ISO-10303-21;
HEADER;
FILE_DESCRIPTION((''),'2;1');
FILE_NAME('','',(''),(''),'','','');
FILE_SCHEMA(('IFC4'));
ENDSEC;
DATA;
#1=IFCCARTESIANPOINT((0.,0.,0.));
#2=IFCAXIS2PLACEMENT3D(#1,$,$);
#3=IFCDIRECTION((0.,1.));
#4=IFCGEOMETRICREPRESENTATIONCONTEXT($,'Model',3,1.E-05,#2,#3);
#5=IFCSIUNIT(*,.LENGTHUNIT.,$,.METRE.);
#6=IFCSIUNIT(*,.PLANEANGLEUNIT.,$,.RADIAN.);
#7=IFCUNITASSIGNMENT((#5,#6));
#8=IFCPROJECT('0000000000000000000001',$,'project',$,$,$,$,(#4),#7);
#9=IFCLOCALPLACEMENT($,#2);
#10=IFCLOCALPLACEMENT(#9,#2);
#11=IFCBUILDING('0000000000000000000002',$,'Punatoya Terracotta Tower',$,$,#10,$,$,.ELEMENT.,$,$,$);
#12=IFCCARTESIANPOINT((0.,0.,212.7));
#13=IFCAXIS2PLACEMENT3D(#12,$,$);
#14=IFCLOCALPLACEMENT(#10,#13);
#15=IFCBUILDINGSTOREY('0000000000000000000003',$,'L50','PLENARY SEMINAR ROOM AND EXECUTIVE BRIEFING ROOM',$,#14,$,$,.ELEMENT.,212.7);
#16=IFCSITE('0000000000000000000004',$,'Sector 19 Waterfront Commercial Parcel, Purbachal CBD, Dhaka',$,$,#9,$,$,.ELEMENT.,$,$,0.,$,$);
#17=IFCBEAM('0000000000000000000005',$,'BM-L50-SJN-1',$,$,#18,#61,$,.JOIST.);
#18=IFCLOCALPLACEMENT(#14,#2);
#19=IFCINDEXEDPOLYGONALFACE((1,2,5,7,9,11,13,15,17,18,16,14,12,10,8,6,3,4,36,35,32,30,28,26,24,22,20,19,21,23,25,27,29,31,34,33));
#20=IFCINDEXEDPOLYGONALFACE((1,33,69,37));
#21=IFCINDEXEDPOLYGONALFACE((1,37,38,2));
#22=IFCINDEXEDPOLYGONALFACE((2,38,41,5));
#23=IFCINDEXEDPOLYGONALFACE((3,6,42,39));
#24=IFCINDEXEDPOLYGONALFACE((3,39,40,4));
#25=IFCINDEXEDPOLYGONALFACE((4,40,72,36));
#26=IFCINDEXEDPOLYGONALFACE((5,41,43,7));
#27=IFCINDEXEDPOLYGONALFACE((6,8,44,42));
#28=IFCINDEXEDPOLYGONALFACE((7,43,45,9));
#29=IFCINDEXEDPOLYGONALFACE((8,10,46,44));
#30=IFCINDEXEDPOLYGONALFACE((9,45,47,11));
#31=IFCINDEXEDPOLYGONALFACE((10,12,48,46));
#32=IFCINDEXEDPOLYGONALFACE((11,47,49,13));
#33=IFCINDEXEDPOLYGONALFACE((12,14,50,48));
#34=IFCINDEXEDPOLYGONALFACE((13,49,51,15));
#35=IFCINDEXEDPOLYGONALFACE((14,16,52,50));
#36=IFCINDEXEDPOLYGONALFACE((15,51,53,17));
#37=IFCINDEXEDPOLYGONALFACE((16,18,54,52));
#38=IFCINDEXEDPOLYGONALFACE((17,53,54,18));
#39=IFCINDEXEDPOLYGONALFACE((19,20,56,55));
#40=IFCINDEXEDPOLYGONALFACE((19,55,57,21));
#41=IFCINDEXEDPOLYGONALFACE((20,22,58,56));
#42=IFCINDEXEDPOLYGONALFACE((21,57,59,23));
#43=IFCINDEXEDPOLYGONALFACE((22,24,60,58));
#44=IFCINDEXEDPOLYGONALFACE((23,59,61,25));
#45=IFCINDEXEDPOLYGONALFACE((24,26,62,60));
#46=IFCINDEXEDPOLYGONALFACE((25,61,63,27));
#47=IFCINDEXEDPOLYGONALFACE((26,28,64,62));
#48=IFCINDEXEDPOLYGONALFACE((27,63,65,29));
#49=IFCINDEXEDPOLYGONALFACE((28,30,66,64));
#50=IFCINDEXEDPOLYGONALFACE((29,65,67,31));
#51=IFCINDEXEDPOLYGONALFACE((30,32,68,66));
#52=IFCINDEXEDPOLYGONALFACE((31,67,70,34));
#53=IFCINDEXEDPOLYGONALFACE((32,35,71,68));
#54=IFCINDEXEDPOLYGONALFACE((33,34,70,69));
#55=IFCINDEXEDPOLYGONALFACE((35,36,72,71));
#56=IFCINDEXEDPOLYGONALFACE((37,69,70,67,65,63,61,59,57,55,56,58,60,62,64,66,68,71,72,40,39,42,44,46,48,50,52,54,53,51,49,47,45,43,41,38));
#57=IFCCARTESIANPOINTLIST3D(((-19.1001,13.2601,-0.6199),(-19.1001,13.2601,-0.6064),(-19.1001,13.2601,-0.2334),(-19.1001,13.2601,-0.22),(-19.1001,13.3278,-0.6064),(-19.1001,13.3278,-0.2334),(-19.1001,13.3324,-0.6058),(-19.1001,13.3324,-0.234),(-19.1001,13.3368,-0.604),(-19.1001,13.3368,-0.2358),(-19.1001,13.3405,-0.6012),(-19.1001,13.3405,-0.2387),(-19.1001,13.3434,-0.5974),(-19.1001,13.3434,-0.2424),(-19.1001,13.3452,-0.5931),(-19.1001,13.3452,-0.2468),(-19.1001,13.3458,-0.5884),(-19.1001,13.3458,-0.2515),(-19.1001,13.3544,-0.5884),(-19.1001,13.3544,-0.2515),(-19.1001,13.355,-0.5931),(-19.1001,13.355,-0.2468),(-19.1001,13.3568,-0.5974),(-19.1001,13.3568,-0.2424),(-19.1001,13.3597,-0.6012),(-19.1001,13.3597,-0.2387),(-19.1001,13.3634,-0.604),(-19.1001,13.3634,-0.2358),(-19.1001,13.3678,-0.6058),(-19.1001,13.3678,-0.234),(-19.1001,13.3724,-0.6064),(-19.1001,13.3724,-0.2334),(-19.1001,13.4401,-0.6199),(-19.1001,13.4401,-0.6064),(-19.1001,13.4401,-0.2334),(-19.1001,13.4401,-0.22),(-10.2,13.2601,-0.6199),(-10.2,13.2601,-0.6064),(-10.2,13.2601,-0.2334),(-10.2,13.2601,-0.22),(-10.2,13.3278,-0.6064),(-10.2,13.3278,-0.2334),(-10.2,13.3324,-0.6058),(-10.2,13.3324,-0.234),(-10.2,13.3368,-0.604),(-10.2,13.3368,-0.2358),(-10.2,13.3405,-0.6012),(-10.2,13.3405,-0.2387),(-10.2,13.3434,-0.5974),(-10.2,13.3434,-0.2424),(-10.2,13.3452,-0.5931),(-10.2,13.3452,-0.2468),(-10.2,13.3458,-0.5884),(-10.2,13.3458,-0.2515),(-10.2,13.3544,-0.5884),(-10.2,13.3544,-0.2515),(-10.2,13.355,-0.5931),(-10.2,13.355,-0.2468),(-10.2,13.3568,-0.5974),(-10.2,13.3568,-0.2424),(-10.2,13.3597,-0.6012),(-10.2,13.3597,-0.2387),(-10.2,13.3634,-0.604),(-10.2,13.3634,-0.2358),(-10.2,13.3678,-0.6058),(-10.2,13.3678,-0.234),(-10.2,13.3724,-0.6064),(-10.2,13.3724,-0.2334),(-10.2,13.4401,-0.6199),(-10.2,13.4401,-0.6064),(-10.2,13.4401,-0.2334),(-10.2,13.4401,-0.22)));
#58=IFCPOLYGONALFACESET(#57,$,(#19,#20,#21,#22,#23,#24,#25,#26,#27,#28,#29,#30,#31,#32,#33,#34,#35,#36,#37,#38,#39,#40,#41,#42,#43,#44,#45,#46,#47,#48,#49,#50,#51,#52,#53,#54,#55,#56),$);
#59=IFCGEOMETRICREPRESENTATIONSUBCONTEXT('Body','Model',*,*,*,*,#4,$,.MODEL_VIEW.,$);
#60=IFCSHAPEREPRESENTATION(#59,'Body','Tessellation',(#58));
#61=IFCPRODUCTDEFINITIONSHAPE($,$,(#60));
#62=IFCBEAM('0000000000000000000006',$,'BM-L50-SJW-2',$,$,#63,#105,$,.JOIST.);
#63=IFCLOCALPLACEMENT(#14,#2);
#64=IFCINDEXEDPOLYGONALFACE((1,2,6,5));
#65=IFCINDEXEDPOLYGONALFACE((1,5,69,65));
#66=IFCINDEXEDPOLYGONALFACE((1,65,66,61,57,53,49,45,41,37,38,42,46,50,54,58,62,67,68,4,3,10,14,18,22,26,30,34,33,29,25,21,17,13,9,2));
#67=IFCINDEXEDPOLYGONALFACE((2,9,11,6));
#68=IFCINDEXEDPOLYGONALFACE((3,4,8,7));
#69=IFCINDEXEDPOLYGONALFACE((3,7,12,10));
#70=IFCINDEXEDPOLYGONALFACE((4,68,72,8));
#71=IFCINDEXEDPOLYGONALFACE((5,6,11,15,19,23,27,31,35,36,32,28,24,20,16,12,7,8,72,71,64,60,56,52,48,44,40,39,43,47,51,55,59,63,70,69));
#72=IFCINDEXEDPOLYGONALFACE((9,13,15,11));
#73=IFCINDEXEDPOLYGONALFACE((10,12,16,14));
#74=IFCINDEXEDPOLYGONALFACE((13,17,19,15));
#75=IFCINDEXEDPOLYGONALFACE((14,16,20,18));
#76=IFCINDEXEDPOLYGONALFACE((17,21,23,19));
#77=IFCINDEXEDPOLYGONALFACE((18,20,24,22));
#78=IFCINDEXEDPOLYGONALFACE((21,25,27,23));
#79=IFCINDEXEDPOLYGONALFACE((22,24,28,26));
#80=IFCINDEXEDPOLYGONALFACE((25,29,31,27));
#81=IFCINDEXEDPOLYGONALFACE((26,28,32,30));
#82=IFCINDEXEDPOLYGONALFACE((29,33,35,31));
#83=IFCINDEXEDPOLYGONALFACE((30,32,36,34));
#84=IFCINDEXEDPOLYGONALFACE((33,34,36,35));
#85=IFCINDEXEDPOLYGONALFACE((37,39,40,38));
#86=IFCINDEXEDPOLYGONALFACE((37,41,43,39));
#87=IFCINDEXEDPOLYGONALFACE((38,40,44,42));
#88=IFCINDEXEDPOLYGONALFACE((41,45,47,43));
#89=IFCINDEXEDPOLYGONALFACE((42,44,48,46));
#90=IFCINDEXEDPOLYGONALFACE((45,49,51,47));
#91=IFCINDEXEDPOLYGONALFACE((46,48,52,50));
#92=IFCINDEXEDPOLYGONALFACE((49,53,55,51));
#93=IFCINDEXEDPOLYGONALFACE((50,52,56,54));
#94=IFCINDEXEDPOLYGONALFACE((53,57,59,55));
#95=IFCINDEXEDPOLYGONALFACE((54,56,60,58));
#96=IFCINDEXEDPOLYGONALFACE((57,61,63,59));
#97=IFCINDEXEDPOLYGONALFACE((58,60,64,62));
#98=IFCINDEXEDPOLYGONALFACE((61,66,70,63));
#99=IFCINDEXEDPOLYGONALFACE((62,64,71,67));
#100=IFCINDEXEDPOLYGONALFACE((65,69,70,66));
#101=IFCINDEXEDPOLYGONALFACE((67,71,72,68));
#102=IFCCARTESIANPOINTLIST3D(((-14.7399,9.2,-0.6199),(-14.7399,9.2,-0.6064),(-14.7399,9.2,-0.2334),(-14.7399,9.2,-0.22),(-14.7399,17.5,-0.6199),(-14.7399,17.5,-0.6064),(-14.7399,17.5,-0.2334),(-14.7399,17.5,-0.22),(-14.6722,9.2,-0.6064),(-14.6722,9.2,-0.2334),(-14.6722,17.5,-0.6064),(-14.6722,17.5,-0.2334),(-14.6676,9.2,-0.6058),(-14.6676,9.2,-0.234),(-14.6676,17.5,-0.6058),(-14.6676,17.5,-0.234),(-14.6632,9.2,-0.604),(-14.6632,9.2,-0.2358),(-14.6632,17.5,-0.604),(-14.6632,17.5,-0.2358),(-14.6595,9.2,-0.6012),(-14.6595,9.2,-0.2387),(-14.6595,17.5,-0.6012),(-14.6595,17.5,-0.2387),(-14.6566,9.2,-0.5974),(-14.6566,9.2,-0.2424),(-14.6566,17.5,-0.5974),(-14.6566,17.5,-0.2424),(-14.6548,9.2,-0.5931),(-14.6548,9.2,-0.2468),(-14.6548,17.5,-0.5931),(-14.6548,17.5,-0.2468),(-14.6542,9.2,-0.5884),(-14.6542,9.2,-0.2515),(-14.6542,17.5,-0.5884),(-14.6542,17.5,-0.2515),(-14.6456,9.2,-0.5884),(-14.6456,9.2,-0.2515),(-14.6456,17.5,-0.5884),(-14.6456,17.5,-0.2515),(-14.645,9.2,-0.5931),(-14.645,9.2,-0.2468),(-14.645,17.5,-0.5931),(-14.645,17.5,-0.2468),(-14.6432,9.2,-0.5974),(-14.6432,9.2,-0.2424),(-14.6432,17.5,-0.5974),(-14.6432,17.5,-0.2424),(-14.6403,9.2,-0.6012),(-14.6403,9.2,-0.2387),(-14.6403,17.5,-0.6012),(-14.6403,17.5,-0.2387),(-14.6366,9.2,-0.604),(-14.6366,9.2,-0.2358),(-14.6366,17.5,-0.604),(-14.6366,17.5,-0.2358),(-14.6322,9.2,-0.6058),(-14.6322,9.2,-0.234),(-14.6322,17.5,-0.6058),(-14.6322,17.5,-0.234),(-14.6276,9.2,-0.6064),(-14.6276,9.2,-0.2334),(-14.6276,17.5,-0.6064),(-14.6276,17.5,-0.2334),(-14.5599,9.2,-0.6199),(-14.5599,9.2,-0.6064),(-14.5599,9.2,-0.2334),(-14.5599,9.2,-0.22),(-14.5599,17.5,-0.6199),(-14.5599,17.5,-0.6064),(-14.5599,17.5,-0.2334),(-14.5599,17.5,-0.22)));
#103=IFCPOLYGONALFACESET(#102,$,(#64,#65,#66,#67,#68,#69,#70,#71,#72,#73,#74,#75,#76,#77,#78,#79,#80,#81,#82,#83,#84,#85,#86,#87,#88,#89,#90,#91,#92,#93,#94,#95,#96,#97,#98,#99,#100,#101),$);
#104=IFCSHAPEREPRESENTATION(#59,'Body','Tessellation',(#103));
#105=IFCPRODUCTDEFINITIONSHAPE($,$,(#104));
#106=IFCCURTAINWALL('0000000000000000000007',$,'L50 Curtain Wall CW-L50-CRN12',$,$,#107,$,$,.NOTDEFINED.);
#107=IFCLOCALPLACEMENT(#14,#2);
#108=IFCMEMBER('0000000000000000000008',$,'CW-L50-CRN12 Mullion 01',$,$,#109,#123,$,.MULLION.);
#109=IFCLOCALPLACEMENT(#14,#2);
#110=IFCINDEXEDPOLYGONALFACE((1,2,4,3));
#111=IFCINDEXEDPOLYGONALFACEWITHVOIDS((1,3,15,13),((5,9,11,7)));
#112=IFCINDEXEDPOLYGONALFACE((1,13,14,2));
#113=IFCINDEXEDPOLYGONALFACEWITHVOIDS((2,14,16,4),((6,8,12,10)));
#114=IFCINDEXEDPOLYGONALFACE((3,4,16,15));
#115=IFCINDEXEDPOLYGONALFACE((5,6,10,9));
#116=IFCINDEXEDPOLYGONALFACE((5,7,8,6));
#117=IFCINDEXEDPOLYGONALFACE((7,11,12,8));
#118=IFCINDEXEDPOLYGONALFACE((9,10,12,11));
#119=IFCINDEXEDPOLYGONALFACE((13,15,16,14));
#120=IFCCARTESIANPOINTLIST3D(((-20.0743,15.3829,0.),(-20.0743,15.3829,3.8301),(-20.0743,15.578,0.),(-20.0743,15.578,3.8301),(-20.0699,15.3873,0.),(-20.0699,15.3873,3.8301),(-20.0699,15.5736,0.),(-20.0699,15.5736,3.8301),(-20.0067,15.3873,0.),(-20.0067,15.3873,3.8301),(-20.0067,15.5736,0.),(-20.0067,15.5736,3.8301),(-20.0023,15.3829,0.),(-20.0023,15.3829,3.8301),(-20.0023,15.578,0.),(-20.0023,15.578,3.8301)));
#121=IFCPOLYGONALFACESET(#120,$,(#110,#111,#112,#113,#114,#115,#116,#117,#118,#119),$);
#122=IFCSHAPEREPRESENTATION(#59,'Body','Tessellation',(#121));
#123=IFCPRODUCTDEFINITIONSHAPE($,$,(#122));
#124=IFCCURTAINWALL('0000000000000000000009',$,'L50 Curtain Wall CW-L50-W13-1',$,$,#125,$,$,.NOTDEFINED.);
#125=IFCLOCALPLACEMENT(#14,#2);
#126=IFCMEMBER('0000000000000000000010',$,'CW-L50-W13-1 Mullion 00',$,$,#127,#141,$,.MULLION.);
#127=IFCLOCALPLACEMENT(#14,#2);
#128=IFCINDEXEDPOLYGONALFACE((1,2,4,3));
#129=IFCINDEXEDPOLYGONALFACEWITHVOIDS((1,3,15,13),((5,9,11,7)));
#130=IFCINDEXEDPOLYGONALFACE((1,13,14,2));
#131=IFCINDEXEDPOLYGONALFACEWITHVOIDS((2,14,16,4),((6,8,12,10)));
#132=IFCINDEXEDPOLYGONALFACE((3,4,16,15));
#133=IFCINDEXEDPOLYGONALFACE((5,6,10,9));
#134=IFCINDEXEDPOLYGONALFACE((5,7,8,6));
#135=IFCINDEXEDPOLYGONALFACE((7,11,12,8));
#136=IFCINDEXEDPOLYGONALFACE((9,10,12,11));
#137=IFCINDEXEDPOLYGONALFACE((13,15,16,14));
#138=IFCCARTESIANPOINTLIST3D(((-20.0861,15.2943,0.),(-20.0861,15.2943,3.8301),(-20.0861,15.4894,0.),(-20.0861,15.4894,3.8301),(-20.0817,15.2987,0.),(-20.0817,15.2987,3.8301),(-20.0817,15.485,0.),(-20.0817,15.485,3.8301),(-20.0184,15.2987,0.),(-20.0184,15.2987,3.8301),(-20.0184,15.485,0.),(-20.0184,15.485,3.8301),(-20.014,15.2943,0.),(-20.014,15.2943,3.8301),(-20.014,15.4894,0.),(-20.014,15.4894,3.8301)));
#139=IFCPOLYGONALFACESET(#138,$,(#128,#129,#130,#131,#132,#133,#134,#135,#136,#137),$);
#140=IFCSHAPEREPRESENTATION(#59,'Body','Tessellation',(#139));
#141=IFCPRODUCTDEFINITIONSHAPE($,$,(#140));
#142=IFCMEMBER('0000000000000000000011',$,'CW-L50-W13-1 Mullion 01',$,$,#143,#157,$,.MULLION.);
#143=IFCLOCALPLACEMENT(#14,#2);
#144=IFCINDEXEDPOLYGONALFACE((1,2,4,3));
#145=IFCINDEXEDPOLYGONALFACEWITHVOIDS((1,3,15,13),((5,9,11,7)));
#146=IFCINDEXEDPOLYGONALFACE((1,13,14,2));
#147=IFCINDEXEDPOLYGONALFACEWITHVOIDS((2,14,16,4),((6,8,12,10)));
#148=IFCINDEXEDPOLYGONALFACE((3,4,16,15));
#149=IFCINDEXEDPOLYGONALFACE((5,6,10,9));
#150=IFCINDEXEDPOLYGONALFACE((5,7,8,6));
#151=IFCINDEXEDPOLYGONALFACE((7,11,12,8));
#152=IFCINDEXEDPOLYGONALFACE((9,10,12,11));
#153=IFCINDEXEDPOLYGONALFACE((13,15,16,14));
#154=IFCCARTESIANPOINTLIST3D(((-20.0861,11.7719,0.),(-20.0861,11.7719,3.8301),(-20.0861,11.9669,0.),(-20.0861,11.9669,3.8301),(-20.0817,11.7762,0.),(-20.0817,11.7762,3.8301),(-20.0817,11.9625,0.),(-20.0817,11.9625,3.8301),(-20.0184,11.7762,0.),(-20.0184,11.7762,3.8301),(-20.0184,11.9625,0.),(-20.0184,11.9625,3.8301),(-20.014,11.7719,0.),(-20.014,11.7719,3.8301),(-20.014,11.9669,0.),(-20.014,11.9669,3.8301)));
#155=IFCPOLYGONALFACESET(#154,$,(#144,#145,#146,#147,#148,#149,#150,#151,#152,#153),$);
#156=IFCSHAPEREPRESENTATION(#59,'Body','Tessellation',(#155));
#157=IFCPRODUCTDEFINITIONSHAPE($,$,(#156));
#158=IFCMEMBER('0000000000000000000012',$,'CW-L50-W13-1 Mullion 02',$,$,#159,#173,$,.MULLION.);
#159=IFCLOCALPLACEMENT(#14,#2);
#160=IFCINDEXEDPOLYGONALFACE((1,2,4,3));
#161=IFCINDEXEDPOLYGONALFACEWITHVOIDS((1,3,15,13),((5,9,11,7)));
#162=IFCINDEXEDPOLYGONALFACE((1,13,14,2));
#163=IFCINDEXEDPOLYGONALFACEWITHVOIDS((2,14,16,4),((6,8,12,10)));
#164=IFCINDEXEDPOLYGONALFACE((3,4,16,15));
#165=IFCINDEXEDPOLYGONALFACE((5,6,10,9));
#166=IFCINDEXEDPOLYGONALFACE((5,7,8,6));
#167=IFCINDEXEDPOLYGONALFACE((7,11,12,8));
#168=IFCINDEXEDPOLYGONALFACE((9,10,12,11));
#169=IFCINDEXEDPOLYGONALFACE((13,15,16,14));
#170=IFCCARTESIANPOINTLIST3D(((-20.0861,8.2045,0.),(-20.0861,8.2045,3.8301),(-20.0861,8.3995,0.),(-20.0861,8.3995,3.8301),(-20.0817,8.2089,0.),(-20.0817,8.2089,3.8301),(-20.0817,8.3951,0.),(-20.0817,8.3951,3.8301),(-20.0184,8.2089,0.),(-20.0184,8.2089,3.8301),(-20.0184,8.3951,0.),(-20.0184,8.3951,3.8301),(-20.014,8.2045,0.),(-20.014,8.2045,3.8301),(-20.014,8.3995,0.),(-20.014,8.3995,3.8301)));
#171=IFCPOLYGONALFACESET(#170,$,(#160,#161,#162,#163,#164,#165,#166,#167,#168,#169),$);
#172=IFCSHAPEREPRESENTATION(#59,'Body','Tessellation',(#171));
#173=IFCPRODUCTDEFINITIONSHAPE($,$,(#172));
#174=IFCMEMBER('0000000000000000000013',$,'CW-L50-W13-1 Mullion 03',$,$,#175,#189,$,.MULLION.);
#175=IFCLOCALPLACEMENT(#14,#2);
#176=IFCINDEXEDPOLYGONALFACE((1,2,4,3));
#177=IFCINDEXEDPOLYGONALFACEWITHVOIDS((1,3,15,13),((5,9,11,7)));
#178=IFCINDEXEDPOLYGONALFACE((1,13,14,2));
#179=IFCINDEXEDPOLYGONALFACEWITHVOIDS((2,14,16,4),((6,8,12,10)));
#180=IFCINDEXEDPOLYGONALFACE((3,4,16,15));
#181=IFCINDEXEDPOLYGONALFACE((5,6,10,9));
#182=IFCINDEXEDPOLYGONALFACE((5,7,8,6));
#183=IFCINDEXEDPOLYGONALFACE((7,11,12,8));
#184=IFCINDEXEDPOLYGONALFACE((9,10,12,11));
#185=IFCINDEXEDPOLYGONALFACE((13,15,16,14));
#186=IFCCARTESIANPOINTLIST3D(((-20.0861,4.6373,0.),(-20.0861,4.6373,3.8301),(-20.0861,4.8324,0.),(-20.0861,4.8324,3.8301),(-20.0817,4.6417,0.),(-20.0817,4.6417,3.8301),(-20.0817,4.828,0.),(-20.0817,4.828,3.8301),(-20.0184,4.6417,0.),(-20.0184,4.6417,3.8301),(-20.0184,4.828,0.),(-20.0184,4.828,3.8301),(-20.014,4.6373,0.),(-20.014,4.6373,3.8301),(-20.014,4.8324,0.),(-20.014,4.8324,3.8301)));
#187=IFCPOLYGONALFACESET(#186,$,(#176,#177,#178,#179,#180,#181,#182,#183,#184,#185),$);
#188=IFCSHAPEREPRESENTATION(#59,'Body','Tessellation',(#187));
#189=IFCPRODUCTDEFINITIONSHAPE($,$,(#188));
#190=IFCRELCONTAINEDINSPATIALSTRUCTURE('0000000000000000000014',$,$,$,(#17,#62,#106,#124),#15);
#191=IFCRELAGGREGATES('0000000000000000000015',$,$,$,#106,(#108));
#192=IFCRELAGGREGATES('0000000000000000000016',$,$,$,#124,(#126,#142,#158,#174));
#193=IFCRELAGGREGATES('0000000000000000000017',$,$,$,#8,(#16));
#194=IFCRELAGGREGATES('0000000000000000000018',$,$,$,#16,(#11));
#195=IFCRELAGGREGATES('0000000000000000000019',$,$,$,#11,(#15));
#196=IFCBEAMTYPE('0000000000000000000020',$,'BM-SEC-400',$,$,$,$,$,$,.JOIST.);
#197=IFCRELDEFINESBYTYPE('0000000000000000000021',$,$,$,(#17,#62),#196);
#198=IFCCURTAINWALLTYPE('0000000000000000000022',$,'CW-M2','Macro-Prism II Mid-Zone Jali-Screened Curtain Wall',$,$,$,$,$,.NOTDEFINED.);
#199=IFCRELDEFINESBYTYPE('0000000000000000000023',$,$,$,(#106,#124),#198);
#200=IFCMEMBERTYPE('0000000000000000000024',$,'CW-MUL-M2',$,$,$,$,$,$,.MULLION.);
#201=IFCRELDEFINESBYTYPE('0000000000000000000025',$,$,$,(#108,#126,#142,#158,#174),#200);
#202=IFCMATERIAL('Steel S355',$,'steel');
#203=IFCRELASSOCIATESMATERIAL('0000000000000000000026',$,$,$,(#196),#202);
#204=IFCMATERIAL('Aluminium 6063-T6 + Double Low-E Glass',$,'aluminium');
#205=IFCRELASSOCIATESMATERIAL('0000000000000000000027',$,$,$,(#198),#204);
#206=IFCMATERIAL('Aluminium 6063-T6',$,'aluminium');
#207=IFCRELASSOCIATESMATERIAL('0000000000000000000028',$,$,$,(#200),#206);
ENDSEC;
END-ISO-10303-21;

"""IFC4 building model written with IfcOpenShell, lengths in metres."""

from ifc_helpers import new_model, si_unit, direction, frame, origin, origin_2d, place, context, subcontext, project, spatial, hollow_rectangle, i_section, extrude, material, material_profile, profile_set, type_object, element, aggregate, save


model = new_model("IFC4")

# Units and contexts
model_context = context("Model", 3, precision=1e-05, world=origin(), true_north=direction((0.0, 1.0)))
body_context = subcontext(model_context, "Body", "Model", "MODEL_VIEW")
ifc_project = project(units=[si_unit("LENGTHUNIT", "METRE"), si_unit("PLANEANGLEUNIT", "RADIAN")], contexts=[model_context])

# Site, building, storey
site_placement = place(None, origin())
site = spatial("IfcSite", under=ifc_project, at=site_placement, Name="Sector 19 Waterfront Commercial Parcel, Purbachal CBD, Dhaka", CompositionType="ELEMENT", RefElevation=0.0)
building_placement = place(site_placement, origin())
building = spatial("IfcBuilding", under=site, at=building_placement, Name="Punatoya Terracotta Tower", CompositionType="ELEMENT")
storey_placement = place(building_placement, frame((0.0, 0.0, 212.7)))
storey = spatial("IfcBuildingStorey", under=building, at=storey_placement, Name="L50", Description="PLENARY SEMINAR ROOM AND EXECUTIVE BRIEFING ROOM", CompositionType="ELEMENT", Elevation=212.7)

# Beams
ifc_material_1 = material(Name="Steel S355", Category="steel")
ifc_material_profile_1 = material_profile(ifc_material_1, i_section(OverallWidth=0.1799, OverallDepth=0.3999, WebThickness=0.0085, FlangeThickness=0.0134, FilletRadius=0.0181, at=origin_2d()))
ifc_profile_set_1 = profile_set([ifc_material_profile_1], Name="Steel S355")
beam_type_1 = type_object("IfcBeamType", Name="BM-SEC-400", PredefinedType="JOIST", material=ifc_profile_set_1)
beam_1_placement = place(storey_placement, frame((-19.1001, 13.3501, -0.4199), z_axis=(1.0, 0.0, 0.0), x_axis=(0.0, 1.0, 0.0)))
element("IfcBeam", 1, at=beam_1_placement, inside=storey, type_object=beam_type_1, Name="BM-L50-SJN-1", PredefinedType="JOIST", context=body_context, shape_type="SweptSolid", body=[
    extrude(i_section(OverallWidth=0.1799, OverallDepth=0.3999, WebThickness=0.0085, FlangeThickness=0.0134, FilletRadius=0.0181, at=origin_2d()), origin(), (0.0, 0.0, 1.0), 8.9001),
])
beam_2_placement = place(storey_placement, frame((-14.6499, 9.2, -0.4199), z_axis=(0.0, 1.0, 0.0), x_axis=(-1.0, 0.0, 0.0)))
element("IfcBeam", 2, at=beam_2_placement, inside=storey, type_object=beam_type_1, Name="BM-L50-SJW-2", PredefinedType="JOIST", context=body_context, shape_type="SweptSolid", body=[
    extrude(i_section(OverallWidth=0.1799, OverallDepth=0.3999, WebThickness=0.0085, FlangeThickness=0.0134, FilletRadius=0.0181, at=origin_2d()), origin(), (0.0, 0.0, 1.0), 8.3),
])

# Curtain wall, member
ifc_material_2 = material(Name="Aluminium 6063-T6 + Double Low-E Glass", Category="aluminium")
curtain_wall_type = type_object("IfcCurtainWallType", Name="CW-M2", Description="Macro-Prism II Mid-Zone Jali-Screened Curtain Wall", PredefinedType="NOTDEFINED", material=ifc_material_2)
curtain_wall_1_placement = place(storey_placement, origin())
curtain_wall_1 = element("IfcCurtainWall", 3, at=curtain_wall_1_placement, inside=storey, type_object=curtain_wall_type, Name="L50 Curtain Wall CW-L50-CRN12", PredefinedType="NOTDEFINED")
ifc_material_3 = material(Name="Aluminium 6063-T6", Category="aluminium")
ifc_material_profile_2 = material_profile(ifc_material_3, hollow_rectangle(XDim=0.072, YDim=0.1951, WallThickness=0.0044, at=origin_2d()))
ifc_profile_set_2 = profile_set([ifc_material_profile_2], Name="Aluminium 6063-T6")
member_type_1 = type_object("IfcMemberType", Name="CW-MUL-M2", PredefinedType="MULLION", material=ifc_profile_set_2)
member_1_placement = place(storey_placement, frame((-20.0383, 15.4805, 0.0), z_axis=(0.0, 0.0, 1.0), x_axis=(1.0, 0.0, 0.0)))
member_1 = element("IfcMember", 4, at=member_1_placement, type_object=member_type_1, Name="CW-L50-CRN12 Mullion 01", PredefinedType="MULLION", context=body_context, shape_type="SweptSolid", body=[
    extrude(hollow_rectangle(XDim=0.072, YDim=0.1951, WallThickness=0.0044, at=origin_2d()), origin(), (0.0, 0.0, 1.0), 3.8301),
])
aggregate(curtain_wall_1, [member_1])

# Curtain wall, members
curtain_wall_2_placement = place(storey_placement, origin())
curtain_wall_2 = element("IfcCurtainWall", 5, at=curtain_wall_2_placement, inside=storey, type_object=curtain_wall_type, Name="L50 Curtain Wall CW-L50-W13-1", PredefinedType="NOTDEFINED")
member_2_placement = place(storey_placement, frame((-20.05, 15.3918, 0.0), z_axis=(0.0, 0.0, 1.0), x_axis=(1.0, 0.0, 0.0)))
member_2 = element("IfcMember", 6, at=member_2_placement, type_object=member_type_1, Name="CW-L50-W13-1 Mullion 00", PredefinedType="MULLION", context=body_context, shape_type="SweptSolid", body=[
    extrude(hollow_rectangle(XDim=0.072, YDim=0.1951, WallThickness=0.0044, at=origin_2d()), origin(), (0.0, 0.0, 1.0), 3.8301),
])
member_3_placement = place(storey_placement, frame((-20.05, 11.8694, 0.0), z_axis=(0.0, 0.0, 1.0), x_axis=(1.0, 0.0, 0.0)))
member_3 = element("IfcMember", 7, at=member_3_placement, type_object=member_type_1, Name="CW-L50-W13-1 Mullion 01", PredefinedType="MULLION", context=body_context, shape_type="SweptSolid", body=[
    extrude(hollow_rectangle(XDim=0.072, YDim=0.1951, WallThickness=0.0044, at=origin_2d()), origin(), (0.0, 0.0, 1.0), 3.8301),
])
member_4_placement = place(storey_placement, frame((-20.05, 8.302, 0.0), z_axis=(0.0, 0.0, 1.0), x_axis=(1.0, 0.0, 0.0)))
member_4 = element("IfcMember", 8, at=member_4_placement, type_object=member_type_1, Name="CW-L50-W13-1 Mullion 02", PredefinedType="MULLION", context=body_context, shape_type="SweptSolid", body=[
    extrude(hollow_rectangle(XDim=0.072, YDim=0.1951, WallThickness=0.0044, at=origin_2d()), origin(), (0.0, 0.0, 1.0), 3.8301),
])
member_5_placement = place(storey_placement, frame((-20.05, 4.7349, 0.0), z_axis=(0.0, 0.0, 1.0), x_axis=(1.0, 0.0, 0.0)))
member_5 = element("IfcMember", 9, at=member_5_placement, type_object=member_type_1, Name="CW-L50-W13-1 Mullion 03", PredefinedType="MULLION", context=body_context, shape_type="SweptSolid", body=[
    extrude(hollow_rectangle(XDim=0.072, YDim=0.1951, WallThickness=0.0044, at=origin_2d()), origin(), (0.0, 0.0, 1.0), 3.8301),
])
aggregate(curtain_wall_2, [member_2, member_3, member_4, member_5])

save(model, "model.ifc")
